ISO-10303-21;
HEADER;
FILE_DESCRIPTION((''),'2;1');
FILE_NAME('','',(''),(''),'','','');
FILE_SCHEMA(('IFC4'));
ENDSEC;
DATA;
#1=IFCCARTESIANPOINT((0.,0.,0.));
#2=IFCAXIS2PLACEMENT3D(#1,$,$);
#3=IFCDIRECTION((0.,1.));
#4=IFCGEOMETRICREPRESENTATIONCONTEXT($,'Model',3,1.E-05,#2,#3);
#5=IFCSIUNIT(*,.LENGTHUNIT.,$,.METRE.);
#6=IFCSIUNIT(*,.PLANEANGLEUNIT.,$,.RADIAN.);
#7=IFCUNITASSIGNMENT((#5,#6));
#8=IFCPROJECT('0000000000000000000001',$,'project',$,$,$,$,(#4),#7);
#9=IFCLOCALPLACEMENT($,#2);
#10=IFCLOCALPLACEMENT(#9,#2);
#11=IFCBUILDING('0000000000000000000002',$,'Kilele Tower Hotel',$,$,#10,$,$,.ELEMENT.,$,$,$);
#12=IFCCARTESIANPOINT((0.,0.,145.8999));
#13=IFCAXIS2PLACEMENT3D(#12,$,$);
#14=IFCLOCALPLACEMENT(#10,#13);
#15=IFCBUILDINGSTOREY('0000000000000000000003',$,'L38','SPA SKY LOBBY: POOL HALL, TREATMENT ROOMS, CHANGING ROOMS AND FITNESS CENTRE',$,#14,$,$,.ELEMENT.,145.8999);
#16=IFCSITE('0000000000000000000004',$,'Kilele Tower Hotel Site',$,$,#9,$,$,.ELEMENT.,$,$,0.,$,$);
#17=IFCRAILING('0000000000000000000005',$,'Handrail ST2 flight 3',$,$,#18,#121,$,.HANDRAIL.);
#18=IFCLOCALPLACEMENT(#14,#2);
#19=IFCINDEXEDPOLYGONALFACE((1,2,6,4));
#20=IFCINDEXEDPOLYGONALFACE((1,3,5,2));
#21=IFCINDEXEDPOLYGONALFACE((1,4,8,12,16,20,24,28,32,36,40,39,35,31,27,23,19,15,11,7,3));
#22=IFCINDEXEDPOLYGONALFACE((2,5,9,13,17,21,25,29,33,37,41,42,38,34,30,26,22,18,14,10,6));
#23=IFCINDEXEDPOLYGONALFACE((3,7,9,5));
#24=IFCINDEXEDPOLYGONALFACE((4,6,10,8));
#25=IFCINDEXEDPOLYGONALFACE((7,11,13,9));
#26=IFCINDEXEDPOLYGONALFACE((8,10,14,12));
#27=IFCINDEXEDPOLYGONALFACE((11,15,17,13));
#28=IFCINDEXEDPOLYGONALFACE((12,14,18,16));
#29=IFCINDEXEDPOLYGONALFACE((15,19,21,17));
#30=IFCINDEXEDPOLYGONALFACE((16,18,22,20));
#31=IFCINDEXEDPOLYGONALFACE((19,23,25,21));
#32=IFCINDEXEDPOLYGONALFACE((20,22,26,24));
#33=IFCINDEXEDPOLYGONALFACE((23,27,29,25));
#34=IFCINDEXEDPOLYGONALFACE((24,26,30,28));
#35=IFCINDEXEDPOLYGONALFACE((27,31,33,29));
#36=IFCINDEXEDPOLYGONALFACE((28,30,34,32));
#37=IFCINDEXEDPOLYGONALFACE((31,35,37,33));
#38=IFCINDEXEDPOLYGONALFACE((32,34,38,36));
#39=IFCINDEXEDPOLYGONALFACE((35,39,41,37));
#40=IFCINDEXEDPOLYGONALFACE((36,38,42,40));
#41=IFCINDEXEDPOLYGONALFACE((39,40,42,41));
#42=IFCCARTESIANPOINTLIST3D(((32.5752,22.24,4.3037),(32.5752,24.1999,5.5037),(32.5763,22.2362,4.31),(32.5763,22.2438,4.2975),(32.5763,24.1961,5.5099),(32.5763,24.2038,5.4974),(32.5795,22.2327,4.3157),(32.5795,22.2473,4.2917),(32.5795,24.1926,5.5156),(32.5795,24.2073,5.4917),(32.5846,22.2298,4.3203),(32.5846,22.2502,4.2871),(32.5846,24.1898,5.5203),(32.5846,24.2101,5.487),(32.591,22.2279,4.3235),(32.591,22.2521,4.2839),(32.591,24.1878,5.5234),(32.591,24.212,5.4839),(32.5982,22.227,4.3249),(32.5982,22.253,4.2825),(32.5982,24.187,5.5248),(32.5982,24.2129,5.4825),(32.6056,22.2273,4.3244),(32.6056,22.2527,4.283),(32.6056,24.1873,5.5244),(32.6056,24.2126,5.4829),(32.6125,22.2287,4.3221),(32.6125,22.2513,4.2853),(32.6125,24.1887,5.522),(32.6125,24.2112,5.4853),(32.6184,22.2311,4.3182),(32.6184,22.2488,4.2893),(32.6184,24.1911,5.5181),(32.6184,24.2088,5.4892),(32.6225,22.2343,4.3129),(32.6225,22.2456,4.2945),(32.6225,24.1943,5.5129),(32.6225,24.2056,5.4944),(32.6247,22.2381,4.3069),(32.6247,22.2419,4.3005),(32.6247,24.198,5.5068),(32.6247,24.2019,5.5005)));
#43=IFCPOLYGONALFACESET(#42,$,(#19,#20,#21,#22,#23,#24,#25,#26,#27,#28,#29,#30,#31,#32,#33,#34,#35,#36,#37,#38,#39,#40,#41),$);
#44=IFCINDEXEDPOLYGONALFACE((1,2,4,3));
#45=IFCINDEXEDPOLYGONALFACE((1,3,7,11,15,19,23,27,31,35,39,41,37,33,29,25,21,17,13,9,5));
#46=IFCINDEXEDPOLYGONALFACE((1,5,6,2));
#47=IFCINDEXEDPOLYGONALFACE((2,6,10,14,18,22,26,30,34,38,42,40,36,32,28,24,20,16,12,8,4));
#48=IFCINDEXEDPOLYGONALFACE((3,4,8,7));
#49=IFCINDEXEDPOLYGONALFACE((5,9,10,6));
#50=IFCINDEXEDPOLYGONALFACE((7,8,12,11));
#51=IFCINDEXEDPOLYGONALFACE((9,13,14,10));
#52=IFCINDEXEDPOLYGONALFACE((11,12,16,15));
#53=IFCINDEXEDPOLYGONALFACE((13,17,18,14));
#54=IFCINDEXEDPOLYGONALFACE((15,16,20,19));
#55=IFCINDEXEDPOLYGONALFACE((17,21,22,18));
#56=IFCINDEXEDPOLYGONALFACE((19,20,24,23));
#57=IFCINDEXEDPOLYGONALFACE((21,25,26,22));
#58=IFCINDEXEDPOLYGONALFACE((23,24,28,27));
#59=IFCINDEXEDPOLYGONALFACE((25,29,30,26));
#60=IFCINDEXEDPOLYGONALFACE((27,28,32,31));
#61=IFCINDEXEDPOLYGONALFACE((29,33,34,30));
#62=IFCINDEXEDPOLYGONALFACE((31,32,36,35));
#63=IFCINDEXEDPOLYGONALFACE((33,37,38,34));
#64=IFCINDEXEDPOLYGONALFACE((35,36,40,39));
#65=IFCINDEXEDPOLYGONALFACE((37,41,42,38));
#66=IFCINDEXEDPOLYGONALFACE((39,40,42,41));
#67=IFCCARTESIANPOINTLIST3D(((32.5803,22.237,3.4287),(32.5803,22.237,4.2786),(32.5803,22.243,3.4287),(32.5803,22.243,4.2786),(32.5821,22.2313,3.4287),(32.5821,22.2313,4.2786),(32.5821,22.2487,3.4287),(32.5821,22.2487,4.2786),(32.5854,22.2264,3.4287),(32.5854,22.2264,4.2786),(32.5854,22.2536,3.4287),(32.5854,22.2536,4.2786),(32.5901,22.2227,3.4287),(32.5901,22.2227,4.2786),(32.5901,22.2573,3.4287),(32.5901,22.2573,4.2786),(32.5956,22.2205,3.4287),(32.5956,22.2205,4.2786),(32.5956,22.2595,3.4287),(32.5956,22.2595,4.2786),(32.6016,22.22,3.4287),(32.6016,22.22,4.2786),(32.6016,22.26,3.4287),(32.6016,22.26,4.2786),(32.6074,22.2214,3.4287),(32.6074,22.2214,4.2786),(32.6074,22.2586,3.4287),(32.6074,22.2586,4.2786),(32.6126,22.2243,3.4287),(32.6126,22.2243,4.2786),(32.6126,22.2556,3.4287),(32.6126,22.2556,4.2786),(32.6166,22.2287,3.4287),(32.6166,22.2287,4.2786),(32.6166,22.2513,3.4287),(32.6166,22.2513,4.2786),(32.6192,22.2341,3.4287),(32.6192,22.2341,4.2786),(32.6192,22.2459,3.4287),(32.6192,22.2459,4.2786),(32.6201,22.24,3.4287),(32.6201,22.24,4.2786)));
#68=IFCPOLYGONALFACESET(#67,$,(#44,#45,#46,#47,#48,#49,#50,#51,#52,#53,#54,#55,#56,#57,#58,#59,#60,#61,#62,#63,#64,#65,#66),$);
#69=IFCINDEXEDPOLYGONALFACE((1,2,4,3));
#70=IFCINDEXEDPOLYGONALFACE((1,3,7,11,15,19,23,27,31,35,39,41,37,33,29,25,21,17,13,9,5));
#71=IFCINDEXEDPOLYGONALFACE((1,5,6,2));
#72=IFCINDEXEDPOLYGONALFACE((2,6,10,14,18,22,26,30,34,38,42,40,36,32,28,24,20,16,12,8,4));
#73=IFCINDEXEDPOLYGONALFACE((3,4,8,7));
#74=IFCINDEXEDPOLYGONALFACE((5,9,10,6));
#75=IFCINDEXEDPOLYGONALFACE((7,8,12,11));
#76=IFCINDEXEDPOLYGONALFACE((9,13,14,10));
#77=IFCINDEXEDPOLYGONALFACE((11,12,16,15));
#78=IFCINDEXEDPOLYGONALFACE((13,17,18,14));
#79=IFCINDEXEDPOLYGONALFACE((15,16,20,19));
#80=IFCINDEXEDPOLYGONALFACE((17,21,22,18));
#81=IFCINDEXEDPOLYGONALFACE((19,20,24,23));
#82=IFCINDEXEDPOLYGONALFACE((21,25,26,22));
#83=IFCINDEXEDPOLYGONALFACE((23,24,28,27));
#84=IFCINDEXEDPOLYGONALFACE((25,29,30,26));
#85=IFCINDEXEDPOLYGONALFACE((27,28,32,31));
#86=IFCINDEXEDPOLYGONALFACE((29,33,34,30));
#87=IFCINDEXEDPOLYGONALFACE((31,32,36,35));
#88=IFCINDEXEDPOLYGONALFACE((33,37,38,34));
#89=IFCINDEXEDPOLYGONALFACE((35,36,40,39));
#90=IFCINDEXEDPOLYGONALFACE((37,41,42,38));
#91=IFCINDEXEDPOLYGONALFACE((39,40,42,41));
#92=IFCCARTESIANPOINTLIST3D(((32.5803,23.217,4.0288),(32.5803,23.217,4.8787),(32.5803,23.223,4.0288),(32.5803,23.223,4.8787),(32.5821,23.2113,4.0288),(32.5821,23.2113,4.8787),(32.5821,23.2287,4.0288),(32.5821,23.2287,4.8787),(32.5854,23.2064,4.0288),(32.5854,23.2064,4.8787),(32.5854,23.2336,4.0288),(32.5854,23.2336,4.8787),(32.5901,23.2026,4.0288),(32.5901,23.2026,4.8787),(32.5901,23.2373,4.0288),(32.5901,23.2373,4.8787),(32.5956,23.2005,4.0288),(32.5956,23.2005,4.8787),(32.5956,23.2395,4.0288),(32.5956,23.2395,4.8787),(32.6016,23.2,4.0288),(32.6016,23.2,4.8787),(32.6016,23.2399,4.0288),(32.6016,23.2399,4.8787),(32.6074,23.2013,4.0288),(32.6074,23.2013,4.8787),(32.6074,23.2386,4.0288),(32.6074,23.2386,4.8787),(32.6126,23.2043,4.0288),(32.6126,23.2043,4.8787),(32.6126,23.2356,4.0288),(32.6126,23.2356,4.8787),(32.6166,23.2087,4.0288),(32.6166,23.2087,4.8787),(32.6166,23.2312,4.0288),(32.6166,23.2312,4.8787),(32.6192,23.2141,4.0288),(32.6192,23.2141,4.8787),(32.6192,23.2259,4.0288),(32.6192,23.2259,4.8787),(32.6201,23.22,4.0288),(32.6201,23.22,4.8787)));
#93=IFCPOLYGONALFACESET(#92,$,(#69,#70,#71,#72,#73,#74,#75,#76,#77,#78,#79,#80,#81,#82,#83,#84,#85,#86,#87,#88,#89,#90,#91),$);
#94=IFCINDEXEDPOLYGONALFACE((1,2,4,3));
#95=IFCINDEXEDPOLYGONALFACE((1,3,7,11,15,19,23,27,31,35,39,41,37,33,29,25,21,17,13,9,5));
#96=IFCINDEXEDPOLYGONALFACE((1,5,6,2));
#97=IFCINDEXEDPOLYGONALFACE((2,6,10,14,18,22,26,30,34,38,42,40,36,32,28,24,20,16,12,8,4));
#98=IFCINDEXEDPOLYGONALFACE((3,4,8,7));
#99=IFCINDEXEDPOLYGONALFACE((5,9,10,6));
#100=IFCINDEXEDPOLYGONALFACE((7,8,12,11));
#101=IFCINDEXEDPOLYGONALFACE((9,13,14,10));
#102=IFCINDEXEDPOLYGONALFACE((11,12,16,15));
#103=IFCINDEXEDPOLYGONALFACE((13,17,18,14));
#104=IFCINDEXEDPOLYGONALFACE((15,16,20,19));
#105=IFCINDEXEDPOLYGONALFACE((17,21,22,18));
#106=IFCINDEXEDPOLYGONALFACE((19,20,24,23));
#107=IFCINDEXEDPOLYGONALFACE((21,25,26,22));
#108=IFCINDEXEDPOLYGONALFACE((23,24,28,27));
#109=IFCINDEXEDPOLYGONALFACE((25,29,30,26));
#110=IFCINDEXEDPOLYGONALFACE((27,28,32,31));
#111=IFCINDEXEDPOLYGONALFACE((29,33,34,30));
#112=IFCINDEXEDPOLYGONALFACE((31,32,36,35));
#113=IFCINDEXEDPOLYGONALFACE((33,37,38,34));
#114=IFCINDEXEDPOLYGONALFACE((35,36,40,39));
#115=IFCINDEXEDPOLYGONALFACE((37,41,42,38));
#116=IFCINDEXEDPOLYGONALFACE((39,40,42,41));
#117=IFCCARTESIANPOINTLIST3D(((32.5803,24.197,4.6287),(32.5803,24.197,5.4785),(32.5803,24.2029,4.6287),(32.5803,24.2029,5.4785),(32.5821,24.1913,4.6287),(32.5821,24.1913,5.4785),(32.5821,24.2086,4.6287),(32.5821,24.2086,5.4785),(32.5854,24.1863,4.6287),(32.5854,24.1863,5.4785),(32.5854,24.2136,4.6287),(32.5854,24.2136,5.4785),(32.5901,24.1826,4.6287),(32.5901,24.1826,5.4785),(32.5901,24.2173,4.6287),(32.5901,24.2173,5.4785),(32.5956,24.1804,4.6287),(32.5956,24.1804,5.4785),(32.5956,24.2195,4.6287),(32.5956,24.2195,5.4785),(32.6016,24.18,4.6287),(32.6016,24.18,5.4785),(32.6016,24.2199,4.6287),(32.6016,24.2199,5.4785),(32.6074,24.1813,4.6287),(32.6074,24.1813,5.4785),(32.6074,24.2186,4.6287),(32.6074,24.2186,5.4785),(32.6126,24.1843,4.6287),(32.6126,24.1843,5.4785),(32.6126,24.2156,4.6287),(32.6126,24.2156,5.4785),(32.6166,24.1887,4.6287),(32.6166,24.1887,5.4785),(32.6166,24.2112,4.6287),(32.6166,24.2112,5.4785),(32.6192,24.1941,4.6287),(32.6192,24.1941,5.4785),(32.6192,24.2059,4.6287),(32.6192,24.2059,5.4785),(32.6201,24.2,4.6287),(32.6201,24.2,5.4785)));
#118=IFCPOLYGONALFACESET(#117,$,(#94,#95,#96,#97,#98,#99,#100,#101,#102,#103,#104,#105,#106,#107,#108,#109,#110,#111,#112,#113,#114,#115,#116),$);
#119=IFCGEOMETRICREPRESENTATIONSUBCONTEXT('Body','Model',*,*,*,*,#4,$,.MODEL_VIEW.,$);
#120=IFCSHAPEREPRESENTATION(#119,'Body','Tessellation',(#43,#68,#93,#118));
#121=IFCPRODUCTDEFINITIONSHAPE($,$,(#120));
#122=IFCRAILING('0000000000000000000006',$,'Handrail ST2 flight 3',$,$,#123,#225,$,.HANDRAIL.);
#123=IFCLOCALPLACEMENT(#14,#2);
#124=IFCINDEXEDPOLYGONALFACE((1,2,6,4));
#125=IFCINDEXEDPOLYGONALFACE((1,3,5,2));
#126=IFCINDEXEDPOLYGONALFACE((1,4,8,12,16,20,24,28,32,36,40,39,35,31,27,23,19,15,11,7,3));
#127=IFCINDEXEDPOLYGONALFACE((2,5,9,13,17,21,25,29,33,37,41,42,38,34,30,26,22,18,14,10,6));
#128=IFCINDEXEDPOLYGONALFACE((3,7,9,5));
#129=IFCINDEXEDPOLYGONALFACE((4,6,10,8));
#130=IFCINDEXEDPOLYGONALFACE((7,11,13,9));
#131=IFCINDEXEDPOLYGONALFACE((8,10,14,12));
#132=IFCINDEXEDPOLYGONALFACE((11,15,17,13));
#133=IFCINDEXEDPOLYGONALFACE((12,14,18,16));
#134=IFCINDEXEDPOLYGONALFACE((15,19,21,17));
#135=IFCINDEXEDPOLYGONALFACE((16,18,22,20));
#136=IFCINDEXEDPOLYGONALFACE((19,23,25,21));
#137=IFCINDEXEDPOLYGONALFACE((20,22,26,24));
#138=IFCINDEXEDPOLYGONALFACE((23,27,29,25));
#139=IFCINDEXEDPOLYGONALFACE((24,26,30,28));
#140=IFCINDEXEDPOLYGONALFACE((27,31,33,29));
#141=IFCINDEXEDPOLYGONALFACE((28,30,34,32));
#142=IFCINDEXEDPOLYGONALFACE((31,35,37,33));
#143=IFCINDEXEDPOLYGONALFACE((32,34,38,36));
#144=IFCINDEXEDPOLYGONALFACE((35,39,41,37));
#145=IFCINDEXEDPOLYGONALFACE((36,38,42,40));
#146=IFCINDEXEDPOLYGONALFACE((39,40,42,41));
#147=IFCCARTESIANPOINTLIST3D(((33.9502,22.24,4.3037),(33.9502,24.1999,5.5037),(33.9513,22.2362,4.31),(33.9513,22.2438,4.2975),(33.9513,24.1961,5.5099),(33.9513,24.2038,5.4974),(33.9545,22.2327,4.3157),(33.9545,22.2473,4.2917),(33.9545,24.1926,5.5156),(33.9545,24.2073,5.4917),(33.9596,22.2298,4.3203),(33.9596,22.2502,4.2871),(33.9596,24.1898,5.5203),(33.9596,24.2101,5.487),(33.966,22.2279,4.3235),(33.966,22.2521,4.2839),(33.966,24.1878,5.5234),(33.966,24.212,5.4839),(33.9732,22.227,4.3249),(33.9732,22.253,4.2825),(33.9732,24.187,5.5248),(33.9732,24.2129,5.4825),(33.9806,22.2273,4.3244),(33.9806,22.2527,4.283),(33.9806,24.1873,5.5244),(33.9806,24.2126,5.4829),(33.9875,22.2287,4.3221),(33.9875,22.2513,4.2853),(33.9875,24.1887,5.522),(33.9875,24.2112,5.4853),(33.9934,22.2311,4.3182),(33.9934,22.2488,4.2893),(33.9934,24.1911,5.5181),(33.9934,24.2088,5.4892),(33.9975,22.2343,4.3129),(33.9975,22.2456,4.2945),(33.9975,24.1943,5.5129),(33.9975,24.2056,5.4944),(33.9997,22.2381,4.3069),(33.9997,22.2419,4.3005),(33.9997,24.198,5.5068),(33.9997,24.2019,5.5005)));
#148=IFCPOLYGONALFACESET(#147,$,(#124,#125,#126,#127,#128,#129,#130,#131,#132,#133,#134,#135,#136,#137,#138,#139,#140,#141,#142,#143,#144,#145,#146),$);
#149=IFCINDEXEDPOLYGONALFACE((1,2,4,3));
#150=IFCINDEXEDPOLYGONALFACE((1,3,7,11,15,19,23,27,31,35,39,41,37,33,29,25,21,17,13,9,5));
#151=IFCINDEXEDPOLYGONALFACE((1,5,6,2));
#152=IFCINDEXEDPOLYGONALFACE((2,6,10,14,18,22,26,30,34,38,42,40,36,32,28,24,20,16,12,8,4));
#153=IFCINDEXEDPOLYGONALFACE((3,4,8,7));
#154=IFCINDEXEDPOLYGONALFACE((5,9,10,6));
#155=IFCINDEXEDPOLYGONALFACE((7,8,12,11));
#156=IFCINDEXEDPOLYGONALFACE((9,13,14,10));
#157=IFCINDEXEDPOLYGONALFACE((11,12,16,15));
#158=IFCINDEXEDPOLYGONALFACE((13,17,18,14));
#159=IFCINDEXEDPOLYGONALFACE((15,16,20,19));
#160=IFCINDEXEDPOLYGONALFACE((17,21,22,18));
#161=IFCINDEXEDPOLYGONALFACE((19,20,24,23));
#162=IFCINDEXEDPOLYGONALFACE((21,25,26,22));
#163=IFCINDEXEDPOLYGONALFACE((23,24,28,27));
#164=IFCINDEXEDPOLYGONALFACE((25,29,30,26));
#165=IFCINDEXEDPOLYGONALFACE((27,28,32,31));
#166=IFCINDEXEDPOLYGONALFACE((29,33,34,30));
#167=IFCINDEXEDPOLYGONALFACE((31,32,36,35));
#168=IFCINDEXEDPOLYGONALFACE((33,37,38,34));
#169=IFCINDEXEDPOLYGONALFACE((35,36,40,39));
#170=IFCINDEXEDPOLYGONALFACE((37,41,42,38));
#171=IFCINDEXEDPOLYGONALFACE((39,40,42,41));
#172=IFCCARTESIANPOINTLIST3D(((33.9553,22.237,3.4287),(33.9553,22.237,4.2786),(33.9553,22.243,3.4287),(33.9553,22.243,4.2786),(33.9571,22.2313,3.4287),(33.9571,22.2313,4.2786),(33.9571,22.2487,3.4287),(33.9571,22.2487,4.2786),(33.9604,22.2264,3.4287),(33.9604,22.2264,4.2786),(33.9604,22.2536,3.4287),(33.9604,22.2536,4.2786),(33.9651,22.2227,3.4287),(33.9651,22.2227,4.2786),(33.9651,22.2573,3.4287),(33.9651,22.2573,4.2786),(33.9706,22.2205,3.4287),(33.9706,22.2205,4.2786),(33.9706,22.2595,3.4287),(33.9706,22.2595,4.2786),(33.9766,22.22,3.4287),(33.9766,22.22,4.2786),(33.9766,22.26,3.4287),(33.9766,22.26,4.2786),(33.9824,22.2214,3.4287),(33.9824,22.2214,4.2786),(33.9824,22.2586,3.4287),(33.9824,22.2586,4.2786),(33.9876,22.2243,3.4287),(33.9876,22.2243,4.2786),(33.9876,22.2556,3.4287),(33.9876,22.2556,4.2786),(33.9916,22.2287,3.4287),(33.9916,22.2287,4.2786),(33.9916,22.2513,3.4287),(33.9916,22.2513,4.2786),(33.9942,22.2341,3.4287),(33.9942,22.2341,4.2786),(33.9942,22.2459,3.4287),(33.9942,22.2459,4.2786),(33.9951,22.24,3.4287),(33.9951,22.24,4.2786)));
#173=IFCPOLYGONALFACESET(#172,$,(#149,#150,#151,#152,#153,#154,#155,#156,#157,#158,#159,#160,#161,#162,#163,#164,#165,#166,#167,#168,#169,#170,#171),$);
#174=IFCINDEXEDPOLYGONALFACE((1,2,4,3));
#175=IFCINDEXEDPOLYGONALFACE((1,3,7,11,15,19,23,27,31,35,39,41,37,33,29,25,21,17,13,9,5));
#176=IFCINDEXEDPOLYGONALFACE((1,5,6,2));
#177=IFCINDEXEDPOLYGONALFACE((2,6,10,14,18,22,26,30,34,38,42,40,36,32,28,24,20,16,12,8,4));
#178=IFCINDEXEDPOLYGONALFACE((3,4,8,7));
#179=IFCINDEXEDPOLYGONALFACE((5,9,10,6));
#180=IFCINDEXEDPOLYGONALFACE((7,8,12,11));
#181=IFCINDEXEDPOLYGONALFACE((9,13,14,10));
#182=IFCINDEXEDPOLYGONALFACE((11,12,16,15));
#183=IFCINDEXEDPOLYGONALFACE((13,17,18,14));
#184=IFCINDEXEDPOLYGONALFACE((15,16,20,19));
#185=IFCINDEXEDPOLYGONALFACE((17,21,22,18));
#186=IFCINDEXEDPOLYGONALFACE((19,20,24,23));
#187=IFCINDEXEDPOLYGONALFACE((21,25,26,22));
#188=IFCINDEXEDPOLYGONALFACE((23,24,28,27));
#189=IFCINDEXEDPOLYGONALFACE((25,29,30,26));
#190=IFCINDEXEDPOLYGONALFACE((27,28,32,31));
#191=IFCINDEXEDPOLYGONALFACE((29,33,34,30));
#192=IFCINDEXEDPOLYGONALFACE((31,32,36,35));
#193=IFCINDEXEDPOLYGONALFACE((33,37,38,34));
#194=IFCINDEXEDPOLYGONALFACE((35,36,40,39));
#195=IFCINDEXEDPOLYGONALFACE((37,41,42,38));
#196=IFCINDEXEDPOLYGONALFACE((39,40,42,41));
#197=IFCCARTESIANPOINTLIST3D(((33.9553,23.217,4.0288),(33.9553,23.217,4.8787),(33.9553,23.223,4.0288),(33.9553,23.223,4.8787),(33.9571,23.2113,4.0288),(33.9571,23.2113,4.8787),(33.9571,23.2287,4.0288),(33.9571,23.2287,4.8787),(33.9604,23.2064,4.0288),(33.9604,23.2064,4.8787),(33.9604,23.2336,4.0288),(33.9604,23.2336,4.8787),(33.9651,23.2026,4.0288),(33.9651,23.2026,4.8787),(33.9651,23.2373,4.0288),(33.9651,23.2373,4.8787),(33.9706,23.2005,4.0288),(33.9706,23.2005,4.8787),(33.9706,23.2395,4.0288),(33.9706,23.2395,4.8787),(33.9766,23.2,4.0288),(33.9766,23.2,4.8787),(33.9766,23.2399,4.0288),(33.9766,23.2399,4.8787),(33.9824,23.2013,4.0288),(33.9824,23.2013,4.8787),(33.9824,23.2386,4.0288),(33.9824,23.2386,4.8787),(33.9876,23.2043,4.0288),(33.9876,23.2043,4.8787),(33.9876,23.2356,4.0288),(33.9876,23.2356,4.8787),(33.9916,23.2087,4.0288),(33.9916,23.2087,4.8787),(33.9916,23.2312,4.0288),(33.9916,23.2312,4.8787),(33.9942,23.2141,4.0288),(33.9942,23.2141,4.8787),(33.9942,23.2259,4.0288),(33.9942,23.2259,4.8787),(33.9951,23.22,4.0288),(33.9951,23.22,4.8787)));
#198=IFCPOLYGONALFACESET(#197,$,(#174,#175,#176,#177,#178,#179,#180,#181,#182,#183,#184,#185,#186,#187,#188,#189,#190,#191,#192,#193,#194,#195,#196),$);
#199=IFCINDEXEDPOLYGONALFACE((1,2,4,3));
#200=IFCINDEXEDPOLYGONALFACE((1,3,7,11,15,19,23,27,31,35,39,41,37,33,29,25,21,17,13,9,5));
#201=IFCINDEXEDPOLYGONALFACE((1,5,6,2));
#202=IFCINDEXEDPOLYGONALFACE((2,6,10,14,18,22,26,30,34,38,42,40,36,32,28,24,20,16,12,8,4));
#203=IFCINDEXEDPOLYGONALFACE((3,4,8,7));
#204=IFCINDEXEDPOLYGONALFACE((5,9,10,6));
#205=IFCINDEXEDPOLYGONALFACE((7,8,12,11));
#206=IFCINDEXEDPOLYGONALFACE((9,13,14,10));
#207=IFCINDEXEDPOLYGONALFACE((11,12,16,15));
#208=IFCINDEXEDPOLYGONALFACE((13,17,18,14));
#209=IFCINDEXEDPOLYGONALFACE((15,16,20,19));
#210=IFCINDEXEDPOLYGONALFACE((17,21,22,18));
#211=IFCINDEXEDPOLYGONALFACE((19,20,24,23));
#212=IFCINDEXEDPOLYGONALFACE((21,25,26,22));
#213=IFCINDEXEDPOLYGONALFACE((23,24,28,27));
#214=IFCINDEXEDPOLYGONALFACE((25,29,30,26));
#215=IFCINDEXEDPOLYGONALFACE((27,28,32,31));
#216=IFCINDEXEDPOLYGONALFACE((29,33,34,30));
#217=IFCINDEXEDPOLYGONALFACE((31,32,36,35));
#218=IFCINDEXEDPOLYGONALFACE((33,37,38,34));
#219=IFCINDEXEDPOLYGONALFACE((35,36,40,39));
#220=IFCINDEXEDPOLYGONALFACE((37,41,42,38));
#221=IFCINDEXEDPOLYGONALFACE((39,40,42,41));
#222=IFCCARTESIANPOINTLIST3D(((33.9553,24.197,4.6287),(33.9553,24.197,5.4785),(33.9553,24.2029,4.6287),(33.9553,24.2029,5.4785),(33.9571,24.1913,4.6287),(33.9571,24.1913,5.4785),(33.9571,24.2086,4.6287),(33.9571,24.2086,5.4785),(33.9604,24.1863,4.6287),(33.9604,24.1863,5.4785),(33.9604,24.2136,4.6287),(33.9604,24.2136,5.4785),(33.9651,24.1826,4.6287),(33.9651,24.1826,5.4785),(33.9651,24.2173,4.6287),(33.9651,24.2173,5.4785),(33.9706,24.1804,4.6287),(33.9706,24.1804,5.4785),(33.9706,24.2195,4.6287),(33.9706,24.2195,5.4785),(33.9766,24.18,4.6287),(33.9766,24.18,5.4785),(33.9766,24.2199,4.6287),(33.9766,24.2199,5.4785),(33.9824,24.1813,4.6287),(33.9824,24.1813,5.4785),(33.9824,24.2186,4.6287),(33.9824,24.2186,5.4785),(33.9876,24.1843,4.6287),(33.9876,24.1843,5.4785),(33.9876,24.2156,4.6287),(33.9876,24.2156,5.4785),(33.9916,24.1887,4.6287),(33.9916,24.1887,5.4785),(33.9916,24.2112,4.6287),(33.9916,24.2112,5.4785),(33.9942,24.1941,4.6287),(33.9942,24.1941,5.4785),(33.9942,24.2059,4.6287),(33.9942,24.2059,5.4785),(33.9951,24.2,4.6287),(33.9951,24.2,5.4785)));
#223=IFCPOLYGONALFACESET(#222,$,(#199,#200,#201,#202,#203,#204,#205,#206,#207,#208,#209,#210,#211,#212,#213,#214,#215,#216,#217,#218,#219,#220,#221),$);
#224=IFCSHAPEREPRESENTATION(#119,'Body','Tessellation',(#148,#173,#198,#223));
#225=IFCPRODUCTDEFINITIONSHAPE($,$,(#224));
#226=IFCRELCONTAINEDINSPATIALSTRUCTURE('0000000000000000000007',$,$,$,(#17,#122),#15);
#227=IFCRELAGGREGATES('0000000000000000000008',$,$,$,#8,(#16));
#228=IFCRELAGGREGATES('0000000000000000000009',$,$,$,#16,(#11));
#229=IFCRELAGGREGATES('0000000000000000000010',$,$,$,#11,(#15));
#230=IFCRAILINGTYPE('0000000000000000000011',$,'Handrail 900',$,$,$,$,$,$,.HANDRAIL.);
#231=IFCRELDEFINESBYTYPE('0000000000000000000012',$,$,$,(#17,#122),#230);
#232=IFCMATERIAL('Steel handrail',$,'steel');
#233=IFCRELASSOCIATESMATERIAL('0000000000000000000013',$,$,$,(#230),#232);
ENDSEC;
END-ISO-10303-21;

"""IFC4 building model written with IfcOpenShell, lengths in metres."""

from ifc_helpers import new_model, si_unit, direction, frame, origin, origin_2d, place, context, subcontext, project, spatial, circle, extrude, material, type_object, element, save


model = new_model("IFC4")

# Units and contexts
model_context = context("Model", 3, precision=1e-05, world=origin(), true_north=direction((0.0, 1.0)))
body_context = subcontext(model_context, "Body", "Model", "MODEL_VIEW")
ifc_project = project(units=[si_unit("LENGTHUNIT", "METRE"), si_unit("PLANEANGLEUNIT", "RADIAN")], contexts=[model_context])

# Site, building, storey
site_placement = place(None, origin())
site = spatial("IfcSite", under=ifc_project, at=site_placement, Name="Kilele Tower Hotel Site", CompositionType="ELEMENT", RefElevation=0.0)
building_placement = place(site_placement, origin())
building = spatial("IfcBuilding", under=site, at=building_placement, Name="Kilele Tower Hotel", CompositionType="ELEMENT")
storey_placement = place(building_placement, frame((0.0, 0.0, 145.8999)))
storey = spatial("IfcBuildingStorey", under=building, at=storey_placement, Name="L38", Description="SPA SKY LOBBY: POOL HALL, TREATMENT ROOMS, CHANGING ROOMS AND FITNESS CENTRE", CompositionType="ELEMENT", Elevation=145.8999)

# Railings
ifc_material_1 = material(Name="Steel handrail", Category="steel")
railing_type_1 = type_object("IfcRailingType", Name="Handrail 900", PredefinedType="HANDRAIL", material=ifc_material_1)
for number, where, name in (
    (1, (32.6001, 22.24, 3.4287), "Handrail ST2 flight 3"),
    (2, (33.9751, 22.24, 3.4287), "Handrail ST2 flight 3"),
):
    element("IfcRailing", number, at=place(storey_placement, frame(where)), inside=storey, type_object=railing_type_1, Name=name, PredefinedType="HANDRAIL", context=body_context, shape_type="SweptSolid", body=[
        extrude(circle(Radius=0.0249, at=origin_2d()), frame((0.0, 0.0, 0.875), z_axis=(0.0, 0.852856, 0.522146), x_axis=(-1.0, 0.0, 0.0)), (0.0, 0.0, 1.0), 2.2981),
        extrude(circle(Radius=0.02, at=origin_2d()), origin(), (0.0, 0.0, 1.0), 0.8499),
        extrude(circle(Radius=0.02, at=origin_2d()), frame((0.0, 0.98, 0.6001)), (0.0, 0.0, 1.0), 0.8499),
        extrude(circle(Radius=0.02, at=origin_2d()), frame((0.0, 1.96, 1.2)), (0.0, 0.0, 1.0), 0.8499),
    ])

save(model, "model.ifc")
